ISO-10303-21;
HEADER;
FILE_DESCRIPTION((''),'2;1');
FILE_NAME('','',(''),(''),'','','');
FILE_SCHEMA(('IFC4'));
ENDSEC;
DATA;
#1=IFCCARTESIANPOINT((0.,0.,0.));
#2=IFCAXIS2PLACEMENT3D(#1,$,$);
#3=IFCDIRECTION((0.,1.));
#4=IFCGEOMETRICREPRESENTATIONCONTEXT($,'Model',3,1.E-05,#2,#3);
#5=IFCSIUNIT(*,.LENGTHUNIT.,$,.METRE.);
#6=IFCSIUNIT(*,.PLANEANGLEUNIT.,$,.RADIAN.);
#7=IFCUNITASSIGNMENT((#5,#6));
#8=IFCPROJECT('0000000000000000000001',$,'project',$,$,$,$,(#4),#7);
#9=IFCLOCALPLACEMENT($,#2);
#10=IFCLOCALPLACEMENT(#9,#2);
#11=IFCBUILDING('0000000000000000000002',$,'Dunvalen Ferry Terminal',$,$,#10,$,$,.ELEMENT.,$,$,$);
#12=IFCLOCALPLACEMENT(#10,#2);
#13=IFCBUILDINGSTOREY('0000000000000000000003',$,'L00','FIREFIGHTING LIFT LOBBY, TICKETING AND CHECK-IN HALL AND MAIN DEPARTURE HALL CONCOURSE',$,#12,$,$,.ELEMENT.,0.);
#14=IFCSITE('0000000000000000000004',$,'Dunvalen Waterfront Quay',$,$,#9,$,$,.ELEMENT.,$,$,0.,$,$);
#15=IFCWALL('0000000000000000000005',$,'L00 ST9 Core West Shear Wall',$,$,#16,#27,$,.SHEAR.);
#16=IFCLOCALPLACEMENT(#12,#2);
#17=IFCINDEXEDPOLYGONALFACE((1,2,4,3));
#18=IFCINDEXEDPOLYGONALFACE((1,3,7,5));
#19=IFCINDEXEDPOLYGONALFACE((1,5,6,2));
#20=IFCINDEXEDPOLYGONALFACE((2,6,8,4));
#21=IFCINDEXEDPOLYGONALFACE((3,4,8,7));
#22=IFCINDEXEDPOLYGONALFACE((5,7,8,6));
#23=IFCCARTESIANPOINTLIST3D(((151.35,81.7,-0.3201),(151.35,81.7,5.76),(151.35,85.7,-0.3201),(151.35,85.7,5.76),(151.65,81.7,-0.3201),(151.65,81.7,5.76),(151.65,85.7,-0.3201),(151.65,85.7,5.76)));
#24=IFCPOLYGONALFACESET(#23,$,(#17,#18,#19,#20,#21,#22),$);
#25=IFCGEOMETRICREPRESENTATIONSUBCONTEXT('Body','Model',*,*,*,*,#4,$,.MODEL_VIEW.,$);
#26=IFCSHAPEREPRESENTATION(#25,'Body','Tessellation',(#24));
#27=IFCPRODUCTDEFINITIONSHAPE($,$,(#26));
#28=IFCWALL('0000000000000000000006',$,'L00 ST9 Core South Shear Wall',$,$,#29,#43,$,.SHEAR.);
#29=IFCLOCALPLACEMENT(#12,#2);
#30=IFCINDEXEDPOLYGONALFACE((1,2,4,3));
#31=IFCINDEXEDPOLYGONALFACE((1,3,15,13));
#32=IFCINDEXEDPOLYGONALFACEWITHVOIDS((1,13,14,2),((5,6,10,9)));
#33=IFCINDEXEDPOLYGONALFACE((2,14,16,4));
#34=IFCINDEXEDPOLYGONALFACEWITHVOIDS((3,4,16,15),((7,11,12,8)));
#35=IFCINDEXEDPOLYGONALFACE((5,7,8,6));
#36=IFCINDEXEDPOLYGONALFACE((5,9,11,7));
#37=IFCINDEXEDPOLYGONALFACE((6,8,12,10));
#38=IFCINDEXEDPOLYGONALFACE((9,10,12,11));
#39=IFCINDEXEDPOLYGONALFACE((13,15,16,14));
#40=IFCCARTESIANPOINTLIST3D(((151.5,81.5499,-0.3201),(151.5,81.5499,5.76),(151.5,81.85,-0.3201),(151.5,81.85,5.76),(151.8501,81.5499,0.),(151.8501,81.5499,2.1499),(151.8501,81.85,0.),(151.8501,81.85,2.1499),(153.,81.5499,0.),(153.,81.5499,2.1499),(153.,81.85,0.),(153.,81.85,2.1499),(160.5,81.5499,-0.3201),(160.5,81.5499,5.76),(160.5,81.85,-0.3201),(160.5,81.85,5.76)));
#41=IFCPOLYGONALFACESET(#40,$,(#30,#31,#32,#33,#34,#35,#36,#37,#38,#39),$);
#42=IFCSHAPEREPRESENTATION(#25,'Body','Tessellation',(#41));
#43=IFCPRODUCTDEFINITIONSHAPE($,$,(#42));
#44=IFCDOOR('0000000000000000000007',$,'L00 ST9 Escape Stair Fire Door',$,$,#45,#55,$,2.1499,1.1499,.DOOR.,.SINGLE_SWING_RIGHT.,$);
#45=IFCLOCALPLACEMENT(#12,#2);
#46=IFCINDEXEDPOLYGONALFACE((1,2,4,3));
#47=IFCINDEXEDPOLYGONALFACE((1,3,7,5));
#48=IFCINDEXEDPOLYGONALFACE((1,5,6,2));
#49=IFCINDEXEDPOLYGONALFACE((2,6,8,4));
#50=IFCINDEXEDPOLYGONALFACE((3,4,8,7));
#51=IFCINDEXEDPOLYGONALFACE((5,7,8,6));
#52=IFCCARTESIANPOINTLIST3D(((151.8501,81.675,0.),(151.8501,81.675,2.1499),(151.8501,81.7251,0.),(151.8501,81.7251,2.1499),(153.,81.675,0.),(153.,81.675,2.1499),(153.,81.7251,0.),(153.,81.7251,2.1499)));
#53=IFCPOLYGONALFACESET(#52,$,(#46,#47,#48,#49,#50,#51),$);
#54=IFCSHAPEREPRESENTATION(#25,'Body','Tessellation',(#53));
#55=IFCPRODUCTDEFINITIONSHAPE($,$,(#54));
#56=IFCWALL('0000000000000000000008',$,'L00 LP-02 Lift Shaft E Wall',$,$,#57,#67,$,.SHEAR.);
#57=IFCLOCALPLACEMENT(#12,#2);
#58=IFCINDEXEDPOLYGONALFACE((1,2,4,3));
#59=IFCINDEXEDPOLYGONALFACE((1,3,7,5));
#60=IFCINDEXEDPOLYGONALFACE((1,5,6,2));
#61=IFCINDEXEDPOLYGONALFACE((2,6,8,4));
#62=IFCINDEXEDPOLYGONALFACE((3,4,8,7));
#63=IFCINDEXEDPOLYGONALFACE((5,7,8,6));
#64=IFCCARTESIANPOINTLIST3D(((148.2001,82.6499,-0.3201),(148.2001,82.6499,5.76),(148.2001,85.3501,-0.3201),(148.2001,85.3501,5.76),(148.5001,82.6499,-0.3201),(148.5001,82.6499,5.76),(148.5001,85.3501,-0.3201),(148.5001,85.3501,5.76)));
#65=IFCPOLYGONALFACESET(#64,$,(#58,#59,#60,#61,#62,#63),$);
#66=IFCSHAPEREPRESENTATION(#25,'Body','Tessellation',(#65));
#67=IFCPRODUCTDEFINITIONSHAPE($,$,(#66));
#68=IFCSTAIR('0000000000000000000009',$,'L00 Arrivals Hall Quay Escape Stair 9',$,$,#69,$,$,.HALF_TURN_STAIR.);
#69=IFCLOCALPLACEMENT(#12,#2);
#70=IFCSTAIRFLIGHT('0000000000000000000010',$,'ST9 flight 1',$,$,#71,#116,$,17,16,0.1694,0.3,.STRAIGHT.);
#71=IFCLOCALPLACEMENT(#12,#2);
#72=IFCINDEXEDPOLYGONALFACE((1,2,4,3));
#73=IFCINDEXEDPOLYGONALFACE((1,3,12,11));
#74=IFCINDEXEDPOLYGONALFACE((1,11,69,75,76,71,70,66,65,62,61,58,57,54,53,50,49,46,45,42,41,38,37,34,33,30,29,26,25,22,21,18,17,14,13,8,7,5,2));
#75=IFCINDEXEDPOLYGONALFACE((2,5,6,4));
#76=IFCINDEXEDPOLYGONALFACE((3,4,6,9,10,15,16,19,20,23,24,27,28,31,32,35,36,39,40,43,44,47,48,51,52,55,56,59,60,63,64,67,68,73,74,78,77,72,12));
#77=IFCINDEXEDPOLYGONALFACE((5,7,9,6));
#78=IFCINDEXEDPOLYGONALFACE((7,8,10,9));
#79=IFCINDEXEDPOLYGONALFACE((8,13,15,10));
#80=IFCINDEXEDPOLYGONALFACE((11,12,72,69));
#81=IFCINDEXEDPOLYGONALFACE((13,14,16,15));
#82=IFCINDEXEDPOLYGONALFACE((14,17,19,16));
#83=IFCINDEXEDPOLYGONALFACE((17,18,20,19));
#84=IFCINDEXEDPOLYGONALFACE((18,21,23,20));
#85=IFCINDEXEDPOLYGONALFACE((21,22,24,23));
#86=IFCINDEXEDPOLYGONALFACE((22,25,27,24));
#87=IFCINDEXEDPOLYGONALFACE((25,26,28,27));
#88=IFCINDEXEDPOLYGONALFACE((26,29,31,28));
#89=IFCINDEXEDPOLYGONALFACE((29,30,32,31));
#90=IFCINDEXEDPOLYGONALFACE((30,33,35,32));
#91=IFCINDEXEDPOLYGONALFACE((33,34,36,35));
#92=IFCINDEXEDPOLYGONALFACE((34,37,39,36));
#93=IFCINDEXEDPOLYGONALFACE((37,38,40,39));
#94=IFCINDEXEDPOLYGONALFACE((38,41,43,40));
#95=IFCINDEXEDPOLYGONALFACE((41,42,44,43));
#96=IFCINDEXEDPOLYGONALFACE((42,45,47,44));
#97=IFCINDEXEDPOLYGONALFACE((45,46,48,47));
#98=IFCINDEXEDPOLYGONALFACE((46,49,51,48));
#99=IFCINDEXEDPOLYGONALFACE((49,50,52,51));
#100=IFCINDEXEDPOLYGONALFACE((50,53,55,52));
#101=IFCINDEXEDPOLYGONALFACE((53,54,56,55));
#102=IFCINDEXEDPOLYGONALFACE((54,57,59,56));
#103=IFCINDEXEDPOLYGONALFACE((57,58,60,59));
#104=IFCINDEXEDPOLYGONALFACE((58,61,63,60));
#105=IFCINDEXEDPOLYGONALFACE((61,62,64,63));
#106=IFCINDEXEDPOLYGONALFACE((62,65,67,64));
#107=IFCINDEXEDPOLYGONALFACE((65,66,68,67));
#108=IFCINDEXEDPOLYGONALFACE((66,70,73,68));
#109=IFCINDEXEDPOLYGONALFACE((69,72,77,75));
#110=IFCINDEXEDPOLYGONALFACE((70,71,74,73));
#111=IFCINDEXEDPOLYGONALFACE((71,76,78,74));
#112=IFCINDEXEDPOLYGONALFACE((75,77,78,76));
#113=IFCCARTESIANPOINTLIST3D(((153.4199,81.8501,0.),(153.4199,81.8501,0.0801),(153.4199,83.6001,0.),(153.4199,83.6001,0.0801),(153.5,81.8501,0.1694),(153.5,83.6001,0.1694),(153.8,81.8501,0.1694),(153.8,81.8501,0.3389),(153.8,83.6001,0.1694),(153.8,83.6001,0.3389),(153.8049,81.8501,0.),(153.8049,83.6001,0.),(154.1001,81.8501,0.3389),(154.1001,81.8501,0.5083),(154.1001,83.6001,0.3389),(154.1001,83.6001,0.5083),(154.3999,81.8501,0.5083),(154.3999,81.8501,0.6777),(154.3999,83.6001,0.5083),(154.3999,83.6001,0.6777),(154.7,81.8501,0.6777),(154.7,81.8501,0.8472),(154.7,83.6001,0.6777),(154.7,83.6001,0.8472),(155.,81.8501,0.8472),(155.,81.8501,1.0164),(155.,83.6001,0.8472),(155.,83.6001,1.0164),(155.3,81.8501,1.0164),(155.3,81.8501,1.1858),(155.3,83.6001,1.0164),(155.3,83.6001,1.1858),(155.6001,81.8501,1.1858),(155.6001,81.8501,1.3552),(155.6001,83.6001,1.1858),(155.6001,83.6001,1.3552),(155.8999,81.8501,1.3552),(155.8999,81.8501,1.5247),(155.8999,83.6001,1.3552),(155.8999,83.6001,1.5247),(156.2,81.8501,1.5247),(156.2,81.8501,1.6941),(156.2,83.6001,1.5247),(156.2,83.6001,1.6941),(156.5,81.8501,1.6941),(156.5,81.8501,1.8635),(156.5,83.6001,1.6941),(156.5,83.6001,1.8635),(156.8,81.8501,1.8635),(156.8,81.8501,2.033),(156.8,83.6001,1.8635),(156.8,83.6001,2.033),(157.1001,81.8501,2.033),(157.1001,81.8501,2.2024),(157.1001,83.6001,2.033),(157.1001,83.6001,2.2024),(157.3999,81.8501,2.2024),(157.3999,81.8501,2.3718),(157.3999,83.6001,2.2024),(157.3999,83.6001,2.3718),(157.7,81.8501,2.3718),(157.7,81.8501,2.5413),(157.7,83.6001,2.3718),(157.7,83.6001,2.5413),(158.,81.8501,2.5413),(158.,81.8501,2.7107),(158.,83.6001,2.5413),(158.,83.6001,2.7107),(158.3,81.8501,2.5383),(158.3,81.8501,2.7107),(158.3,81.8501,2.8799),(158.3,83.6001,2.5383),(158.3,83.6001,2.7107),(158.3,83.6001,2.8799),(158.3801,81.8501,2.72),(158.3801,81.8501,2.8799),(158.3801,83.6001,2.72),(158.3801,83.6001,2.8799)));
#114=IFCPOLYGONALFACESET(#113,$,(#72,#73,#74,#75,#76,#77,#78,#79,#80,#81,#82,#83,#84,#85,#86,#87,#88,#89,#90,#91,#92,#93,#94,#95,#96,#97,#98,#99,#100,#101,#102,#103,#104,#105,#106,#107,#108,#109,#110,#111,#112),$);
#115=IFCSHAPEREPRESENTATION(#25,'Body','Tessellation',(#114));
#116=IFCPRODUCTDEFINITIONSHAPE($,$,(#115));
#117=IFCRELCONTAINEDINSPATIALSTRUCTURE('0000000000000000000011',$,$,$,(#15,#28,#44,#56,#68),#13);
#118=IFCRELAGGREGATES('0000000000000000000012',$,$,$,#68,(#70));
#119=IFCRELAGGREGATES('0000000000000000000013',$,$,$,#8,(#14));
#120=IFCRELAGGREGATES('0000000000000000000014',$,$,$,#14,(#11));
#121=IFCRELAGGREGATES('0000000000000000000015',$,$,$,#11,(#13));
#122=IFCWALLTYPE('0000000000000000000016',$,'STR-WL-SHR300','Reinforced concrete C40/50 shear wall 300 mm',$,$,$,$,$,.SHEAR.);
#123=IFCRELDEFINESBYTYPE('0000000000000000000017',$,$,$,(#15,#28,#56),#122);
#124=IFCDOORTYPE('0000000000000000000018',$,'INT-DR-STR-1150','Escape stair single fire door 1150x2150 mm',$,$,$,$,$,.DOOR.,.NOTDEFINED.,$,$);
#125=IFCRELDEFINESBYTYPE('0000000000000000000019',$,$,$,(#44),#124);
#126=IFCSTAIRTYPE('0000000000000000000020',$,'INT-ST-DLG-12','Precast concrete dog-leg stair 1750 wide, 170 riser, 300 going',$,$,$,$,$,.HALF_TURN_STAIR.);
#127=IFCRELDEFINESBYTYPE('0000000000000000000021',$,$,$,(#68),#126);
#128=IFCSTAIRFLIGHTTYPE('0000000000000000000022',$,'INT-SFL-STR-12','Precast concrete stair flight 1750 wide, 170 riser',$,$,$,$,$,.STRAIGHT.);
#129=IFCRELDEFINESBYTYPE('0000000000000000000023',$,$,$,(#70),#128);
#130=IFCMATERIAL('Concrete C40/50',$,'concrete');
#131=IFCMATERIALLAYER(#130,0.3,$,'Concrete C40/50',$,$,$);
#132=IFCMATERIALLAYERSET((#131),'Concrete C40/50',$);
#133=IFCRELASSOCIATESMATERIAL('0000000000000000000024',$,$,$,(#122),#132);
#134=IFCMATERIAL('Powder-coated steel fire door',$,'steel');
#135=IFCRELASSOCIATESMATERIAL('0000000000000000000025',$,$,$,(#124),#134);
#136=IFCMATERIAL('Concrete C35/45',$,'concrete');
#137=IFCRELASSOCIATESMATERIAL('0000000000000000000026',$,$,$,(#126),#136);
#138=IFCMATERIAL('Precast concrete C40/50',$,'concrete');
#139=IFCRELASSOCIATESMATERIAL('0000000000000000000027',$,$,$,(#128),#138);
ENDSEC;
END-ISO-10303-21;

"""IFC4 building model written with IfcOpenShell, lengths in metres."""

from ifc_helpers import new_model, si_unit, direction, frame, frame_2d, origin, place, context, subcontext, project, spatial, polyline, rectangle, outline, extrude, material, layer, layer_set, type_object, element, fill, aggregate, save


model = new_model("IFC4")

# Units and contexts
model_context = context("Model", 3, precision=1e-05, world=origin(), true_north=direction((0.0, 1.0)))
body_context = subcontext(model_context, "Body", "Model", "MODEL_VIEW")
ifc_project = project(units=[si_unit("LENGTHUNIT", "METRE"), si_unit("PLANEANGLEUNIT", "RADIAN")], contexts=[model_context])

# Site, building, storey
site_placement = place(None, origin())
site = spatial("IfcSite", under=ifc_project, at=site_placement, Name="Dunvalen Waterfront Quay", CompositionType="ELEMENT", RefElevation=0.0)
building_placement = place(site_placement, origin())
building = spatial("IfcBuilding", under=site, at=building_placement, Name="Dunvalen Ferry Terminal", CompositionType="ELEMENT")
storey_placement = place(building_placement, origin())
storey = spatial("IfcBuildingStorey", under=building, at=storey_placement, Name="L00", Description="FIREFIGHTING LIFT LOBBY, TICKETING AND CHECK-IN HALL AND MAIN DEPARTURE HALL CONCOURSE", CompositionType="ELEMENT", Elevation=0.0)

# Shared definitions
ifc_material_1 = material(Name="Concrete C40/50", Category="concrete")

# Wall
ifc_layer_1 = layer(ifc_material_1, 0.3, Name="Concrete C40/50")
ifc_layer_set_1 = layer_set([ifc_layer_1], Name="Concrete C40/50")
wall_type_1 = type_object("IfcWallType", Name="STR-WL-SHR300", Description="Reinforced concrete C40/50 shear wall 300 mm", PredefinedType="SHEAR", material=ifc_layer_set_1)
wall_1_placement = place(storey_placement, frame((151.5, 81.7, -0.3201), z_axis=(0.0, 0.0, 1.0), x_axis=(0.0, 1.0, 0.0)))
element("IfcWall", 1, at=wall_1_placement, inside=storey, type_object=wall_type_1, Name="L00 ST9 Core West Shear Wall", PredefinedType="SHEAR", context=body_context, shape_type="SweptSolid", body=[
    extrude(rectangle(XDim=4.0, YDim=0.3, at=frame_2d((2.0, 0.0))), origin(), (0.0, 0.0, 1.0), 6.0801),
])

# Wall, opening, door
wall_2_placement = place(storey_placement, frame((151.5, 81.7, -0.3201), z_axis=(0.0, 0.0, 1.0), x_axis=(1.0, 0.0, 0.0)))
wall_2 = element("IfcWall", 2, at=wall_2_placement, inside=storey, type_object=wall_type_1, Name="L00 ST9 Core South Shear Wall", PredefinedType="SHEAR", context=body_context, shape_type="SweptSolid", body=[
    extrude(rectangle(XDim=9.0, YDim=0.3, at=frame_2d((4.5, 0.0))), origin(), (0.0, 0.0, 1.0), 6.0801),
])
opening_placement = place(wall_2_placement, frame((0.3501, 0.0, 0.3201)))
opening = element("IfcOpeningElement", 3, at=opening_placement, cuts=wall_2, PredefinedType="OPENING", context=body_context, shape_type="SweptSolid", body=[
    extrude(rectangle(XDim=1.1499, YDim=2.1499, at=frame_2d((0.575, 1.075))), frame((0.0, 0.1602, 0.0), z_axis=(0.0, -1.0, 0.0), x_axis=(1.0, 0.0, 0.0)), (0.0, 0.0, 1.0), 0.3201),
])
ifc_material_2 = material(Name="Powder-coated steel fire door", Category="steel")
door_type = type_object("IfcDoorType", Name="INT-DR-STR-1150", Description="Escape stair single fire door 1150x2150 mm", OperationType="NOTDEFINED", PredefinedType="DOOR", material=ifc_material_2)
door_placement = place(opening_placement, frame((1.1499, 0.0, 0.0), z_axis=(0.0, 0.0, 1.0), x_axis=(-1.0, 0.0, 0.0)))
door = element("IfcDoor", 4, at=door_placement, inside=storey, type_object=door_type, Name="L00 ST9 Escape Stair Fire Door", OperationType="SINGLE_SWING_RIGHT", OverallHeight=2.1499, OverallWidth=1.1499, PredefinedType="DOOR", context=body_context, shape_type="SweptSolid", body=[
    extrude(rectangle(XDim=1.1499, YDim=2.1499, at=frame_2d((0.575, 1.075))), frame((0.0, 0.0249, 0.0), z_axis=(0.0, -1.0, 0.0), x_axis=(1.0, 0.0, 0.0)), (0.0, 0.0, 1.0), 0.05),
])
fill(opening, door)

# Wall
wall_3_placement = place(storey_placement, frame((148.3501, 82.6499, -0.3201), z_axis=(0.0, 0.0, 1.0), x_axis=(0.0, 1.0, 0.0)))
element("IfcWall", 5, at=wall_3_placement, inside=storey, type_object=wall_type_1, Name="L00 LP-02 Lift Shaft E Wall", PredefinedType="SHEAR", context=body_context, shape_type="SweptSolid", body=[
    extrude(rectangle(XDim=2.7002, YDim=0.3, at=frame_2d((1.3501, 0.0))), origin(), (0.0, 0.0, 1.0), 6.0801),
])

# Stair, stair flight
ifc_material_3 = material(Name="Concrete C35/45", Category="concrete")
stair_type = type_object("IfcStairType", Name="INT-ST-DLG-12", Description="Precast concrete dog-leg stair 1750 wide, 170 riser, 300 going", PredefinedType="HALF_TURN_STAIR", material=ifc_material_3)
stair_placement = place(storey_placement, origin())
stair = element("IfcStair", 6, at=stair_placement, inside=storey, type_object=stair_type, Name="L00 Arrivals Hall Quay Escape Stair 9", PredefinedType="HALF_TURN_STAIR")
ifc_material_4 = material(Name="Precast concrete C40/50", Category="concrete")
stair_flight_type = type_object("IfcStairFlightType", Name="INT-SFL-STR-12", Description="Precast concrete stair flight 1750 wide, 170 riser", PredefinedType="STRAIGHT", material=ifc_material_4)
stair_flight_placement = place(storey_placement, frame((153.5, 82.7251, 0.0), z_axis=(0.0, 0.0, 1.0), x_axis=(1.0, 0.0, 0.0)))
stair_flight = element("IfcStairFlight", 7, at=stair_flight_placement, type_object=stair_flight_type, Name="ST9 flight 1", NumberOfRisers=17, NumberOfTreads=16, PredefinedType="STRAIGHT", RiserHeight=0.1694, TreadLength=0.3, context=body_context, shape_type="SweptSolid", body=[
    extrude(outline(polyline([(-0.0801, 0.0), (-0.0801, 0.0801), (0.0, 0.1694), (0.3, 0.1694), (0.3, 0.3389), (0.6001, 0.3389), (0.6001, 0.5083), (0.8999, 0.5083), (0.8999, 0.6777), (1.2, 0.6777), (1.2, 0.8472), (1.5, 0.8472), (1.5, 1.0164), (1.8, 1.0164), (1.8, 1.1858), (2.1001, 1.1858), (2.1001, 1.3552), (2.3999, 1.3552), (2.3999, 1.5247), (2.7, 1.5247), (2.7, 1.6941), (3.0, 1.6941), (3.0, 1.8635), (3.3, 1.8635), (3.3, 2.033), (3.6001, 2.033), (3.6001, 2.2024), (3.8999, 2.2024), (3.8999, 2.3718), (4.2, 2.3718), (4.2, 2.5413), (4.5, 2.5413), (4.5, 2.7107), (4.8, 2.7107), (4.8, 2.8799), (4.8801, 2.8799), (4.8801, 2.72), (4.8, 2.5383), (0.3049, 0.0), (-0.0801, 0.0)])), frame((0.0, 0.875, 0.0), z_axis=(0.0, -1.0, 0.0), x_axis=(1.0, 0.0, 0.0)), (0.0, 0.0, 1.0), 1.75),
])
aggregate(stair, [stair_flight])

save(model, "model.ifc")
